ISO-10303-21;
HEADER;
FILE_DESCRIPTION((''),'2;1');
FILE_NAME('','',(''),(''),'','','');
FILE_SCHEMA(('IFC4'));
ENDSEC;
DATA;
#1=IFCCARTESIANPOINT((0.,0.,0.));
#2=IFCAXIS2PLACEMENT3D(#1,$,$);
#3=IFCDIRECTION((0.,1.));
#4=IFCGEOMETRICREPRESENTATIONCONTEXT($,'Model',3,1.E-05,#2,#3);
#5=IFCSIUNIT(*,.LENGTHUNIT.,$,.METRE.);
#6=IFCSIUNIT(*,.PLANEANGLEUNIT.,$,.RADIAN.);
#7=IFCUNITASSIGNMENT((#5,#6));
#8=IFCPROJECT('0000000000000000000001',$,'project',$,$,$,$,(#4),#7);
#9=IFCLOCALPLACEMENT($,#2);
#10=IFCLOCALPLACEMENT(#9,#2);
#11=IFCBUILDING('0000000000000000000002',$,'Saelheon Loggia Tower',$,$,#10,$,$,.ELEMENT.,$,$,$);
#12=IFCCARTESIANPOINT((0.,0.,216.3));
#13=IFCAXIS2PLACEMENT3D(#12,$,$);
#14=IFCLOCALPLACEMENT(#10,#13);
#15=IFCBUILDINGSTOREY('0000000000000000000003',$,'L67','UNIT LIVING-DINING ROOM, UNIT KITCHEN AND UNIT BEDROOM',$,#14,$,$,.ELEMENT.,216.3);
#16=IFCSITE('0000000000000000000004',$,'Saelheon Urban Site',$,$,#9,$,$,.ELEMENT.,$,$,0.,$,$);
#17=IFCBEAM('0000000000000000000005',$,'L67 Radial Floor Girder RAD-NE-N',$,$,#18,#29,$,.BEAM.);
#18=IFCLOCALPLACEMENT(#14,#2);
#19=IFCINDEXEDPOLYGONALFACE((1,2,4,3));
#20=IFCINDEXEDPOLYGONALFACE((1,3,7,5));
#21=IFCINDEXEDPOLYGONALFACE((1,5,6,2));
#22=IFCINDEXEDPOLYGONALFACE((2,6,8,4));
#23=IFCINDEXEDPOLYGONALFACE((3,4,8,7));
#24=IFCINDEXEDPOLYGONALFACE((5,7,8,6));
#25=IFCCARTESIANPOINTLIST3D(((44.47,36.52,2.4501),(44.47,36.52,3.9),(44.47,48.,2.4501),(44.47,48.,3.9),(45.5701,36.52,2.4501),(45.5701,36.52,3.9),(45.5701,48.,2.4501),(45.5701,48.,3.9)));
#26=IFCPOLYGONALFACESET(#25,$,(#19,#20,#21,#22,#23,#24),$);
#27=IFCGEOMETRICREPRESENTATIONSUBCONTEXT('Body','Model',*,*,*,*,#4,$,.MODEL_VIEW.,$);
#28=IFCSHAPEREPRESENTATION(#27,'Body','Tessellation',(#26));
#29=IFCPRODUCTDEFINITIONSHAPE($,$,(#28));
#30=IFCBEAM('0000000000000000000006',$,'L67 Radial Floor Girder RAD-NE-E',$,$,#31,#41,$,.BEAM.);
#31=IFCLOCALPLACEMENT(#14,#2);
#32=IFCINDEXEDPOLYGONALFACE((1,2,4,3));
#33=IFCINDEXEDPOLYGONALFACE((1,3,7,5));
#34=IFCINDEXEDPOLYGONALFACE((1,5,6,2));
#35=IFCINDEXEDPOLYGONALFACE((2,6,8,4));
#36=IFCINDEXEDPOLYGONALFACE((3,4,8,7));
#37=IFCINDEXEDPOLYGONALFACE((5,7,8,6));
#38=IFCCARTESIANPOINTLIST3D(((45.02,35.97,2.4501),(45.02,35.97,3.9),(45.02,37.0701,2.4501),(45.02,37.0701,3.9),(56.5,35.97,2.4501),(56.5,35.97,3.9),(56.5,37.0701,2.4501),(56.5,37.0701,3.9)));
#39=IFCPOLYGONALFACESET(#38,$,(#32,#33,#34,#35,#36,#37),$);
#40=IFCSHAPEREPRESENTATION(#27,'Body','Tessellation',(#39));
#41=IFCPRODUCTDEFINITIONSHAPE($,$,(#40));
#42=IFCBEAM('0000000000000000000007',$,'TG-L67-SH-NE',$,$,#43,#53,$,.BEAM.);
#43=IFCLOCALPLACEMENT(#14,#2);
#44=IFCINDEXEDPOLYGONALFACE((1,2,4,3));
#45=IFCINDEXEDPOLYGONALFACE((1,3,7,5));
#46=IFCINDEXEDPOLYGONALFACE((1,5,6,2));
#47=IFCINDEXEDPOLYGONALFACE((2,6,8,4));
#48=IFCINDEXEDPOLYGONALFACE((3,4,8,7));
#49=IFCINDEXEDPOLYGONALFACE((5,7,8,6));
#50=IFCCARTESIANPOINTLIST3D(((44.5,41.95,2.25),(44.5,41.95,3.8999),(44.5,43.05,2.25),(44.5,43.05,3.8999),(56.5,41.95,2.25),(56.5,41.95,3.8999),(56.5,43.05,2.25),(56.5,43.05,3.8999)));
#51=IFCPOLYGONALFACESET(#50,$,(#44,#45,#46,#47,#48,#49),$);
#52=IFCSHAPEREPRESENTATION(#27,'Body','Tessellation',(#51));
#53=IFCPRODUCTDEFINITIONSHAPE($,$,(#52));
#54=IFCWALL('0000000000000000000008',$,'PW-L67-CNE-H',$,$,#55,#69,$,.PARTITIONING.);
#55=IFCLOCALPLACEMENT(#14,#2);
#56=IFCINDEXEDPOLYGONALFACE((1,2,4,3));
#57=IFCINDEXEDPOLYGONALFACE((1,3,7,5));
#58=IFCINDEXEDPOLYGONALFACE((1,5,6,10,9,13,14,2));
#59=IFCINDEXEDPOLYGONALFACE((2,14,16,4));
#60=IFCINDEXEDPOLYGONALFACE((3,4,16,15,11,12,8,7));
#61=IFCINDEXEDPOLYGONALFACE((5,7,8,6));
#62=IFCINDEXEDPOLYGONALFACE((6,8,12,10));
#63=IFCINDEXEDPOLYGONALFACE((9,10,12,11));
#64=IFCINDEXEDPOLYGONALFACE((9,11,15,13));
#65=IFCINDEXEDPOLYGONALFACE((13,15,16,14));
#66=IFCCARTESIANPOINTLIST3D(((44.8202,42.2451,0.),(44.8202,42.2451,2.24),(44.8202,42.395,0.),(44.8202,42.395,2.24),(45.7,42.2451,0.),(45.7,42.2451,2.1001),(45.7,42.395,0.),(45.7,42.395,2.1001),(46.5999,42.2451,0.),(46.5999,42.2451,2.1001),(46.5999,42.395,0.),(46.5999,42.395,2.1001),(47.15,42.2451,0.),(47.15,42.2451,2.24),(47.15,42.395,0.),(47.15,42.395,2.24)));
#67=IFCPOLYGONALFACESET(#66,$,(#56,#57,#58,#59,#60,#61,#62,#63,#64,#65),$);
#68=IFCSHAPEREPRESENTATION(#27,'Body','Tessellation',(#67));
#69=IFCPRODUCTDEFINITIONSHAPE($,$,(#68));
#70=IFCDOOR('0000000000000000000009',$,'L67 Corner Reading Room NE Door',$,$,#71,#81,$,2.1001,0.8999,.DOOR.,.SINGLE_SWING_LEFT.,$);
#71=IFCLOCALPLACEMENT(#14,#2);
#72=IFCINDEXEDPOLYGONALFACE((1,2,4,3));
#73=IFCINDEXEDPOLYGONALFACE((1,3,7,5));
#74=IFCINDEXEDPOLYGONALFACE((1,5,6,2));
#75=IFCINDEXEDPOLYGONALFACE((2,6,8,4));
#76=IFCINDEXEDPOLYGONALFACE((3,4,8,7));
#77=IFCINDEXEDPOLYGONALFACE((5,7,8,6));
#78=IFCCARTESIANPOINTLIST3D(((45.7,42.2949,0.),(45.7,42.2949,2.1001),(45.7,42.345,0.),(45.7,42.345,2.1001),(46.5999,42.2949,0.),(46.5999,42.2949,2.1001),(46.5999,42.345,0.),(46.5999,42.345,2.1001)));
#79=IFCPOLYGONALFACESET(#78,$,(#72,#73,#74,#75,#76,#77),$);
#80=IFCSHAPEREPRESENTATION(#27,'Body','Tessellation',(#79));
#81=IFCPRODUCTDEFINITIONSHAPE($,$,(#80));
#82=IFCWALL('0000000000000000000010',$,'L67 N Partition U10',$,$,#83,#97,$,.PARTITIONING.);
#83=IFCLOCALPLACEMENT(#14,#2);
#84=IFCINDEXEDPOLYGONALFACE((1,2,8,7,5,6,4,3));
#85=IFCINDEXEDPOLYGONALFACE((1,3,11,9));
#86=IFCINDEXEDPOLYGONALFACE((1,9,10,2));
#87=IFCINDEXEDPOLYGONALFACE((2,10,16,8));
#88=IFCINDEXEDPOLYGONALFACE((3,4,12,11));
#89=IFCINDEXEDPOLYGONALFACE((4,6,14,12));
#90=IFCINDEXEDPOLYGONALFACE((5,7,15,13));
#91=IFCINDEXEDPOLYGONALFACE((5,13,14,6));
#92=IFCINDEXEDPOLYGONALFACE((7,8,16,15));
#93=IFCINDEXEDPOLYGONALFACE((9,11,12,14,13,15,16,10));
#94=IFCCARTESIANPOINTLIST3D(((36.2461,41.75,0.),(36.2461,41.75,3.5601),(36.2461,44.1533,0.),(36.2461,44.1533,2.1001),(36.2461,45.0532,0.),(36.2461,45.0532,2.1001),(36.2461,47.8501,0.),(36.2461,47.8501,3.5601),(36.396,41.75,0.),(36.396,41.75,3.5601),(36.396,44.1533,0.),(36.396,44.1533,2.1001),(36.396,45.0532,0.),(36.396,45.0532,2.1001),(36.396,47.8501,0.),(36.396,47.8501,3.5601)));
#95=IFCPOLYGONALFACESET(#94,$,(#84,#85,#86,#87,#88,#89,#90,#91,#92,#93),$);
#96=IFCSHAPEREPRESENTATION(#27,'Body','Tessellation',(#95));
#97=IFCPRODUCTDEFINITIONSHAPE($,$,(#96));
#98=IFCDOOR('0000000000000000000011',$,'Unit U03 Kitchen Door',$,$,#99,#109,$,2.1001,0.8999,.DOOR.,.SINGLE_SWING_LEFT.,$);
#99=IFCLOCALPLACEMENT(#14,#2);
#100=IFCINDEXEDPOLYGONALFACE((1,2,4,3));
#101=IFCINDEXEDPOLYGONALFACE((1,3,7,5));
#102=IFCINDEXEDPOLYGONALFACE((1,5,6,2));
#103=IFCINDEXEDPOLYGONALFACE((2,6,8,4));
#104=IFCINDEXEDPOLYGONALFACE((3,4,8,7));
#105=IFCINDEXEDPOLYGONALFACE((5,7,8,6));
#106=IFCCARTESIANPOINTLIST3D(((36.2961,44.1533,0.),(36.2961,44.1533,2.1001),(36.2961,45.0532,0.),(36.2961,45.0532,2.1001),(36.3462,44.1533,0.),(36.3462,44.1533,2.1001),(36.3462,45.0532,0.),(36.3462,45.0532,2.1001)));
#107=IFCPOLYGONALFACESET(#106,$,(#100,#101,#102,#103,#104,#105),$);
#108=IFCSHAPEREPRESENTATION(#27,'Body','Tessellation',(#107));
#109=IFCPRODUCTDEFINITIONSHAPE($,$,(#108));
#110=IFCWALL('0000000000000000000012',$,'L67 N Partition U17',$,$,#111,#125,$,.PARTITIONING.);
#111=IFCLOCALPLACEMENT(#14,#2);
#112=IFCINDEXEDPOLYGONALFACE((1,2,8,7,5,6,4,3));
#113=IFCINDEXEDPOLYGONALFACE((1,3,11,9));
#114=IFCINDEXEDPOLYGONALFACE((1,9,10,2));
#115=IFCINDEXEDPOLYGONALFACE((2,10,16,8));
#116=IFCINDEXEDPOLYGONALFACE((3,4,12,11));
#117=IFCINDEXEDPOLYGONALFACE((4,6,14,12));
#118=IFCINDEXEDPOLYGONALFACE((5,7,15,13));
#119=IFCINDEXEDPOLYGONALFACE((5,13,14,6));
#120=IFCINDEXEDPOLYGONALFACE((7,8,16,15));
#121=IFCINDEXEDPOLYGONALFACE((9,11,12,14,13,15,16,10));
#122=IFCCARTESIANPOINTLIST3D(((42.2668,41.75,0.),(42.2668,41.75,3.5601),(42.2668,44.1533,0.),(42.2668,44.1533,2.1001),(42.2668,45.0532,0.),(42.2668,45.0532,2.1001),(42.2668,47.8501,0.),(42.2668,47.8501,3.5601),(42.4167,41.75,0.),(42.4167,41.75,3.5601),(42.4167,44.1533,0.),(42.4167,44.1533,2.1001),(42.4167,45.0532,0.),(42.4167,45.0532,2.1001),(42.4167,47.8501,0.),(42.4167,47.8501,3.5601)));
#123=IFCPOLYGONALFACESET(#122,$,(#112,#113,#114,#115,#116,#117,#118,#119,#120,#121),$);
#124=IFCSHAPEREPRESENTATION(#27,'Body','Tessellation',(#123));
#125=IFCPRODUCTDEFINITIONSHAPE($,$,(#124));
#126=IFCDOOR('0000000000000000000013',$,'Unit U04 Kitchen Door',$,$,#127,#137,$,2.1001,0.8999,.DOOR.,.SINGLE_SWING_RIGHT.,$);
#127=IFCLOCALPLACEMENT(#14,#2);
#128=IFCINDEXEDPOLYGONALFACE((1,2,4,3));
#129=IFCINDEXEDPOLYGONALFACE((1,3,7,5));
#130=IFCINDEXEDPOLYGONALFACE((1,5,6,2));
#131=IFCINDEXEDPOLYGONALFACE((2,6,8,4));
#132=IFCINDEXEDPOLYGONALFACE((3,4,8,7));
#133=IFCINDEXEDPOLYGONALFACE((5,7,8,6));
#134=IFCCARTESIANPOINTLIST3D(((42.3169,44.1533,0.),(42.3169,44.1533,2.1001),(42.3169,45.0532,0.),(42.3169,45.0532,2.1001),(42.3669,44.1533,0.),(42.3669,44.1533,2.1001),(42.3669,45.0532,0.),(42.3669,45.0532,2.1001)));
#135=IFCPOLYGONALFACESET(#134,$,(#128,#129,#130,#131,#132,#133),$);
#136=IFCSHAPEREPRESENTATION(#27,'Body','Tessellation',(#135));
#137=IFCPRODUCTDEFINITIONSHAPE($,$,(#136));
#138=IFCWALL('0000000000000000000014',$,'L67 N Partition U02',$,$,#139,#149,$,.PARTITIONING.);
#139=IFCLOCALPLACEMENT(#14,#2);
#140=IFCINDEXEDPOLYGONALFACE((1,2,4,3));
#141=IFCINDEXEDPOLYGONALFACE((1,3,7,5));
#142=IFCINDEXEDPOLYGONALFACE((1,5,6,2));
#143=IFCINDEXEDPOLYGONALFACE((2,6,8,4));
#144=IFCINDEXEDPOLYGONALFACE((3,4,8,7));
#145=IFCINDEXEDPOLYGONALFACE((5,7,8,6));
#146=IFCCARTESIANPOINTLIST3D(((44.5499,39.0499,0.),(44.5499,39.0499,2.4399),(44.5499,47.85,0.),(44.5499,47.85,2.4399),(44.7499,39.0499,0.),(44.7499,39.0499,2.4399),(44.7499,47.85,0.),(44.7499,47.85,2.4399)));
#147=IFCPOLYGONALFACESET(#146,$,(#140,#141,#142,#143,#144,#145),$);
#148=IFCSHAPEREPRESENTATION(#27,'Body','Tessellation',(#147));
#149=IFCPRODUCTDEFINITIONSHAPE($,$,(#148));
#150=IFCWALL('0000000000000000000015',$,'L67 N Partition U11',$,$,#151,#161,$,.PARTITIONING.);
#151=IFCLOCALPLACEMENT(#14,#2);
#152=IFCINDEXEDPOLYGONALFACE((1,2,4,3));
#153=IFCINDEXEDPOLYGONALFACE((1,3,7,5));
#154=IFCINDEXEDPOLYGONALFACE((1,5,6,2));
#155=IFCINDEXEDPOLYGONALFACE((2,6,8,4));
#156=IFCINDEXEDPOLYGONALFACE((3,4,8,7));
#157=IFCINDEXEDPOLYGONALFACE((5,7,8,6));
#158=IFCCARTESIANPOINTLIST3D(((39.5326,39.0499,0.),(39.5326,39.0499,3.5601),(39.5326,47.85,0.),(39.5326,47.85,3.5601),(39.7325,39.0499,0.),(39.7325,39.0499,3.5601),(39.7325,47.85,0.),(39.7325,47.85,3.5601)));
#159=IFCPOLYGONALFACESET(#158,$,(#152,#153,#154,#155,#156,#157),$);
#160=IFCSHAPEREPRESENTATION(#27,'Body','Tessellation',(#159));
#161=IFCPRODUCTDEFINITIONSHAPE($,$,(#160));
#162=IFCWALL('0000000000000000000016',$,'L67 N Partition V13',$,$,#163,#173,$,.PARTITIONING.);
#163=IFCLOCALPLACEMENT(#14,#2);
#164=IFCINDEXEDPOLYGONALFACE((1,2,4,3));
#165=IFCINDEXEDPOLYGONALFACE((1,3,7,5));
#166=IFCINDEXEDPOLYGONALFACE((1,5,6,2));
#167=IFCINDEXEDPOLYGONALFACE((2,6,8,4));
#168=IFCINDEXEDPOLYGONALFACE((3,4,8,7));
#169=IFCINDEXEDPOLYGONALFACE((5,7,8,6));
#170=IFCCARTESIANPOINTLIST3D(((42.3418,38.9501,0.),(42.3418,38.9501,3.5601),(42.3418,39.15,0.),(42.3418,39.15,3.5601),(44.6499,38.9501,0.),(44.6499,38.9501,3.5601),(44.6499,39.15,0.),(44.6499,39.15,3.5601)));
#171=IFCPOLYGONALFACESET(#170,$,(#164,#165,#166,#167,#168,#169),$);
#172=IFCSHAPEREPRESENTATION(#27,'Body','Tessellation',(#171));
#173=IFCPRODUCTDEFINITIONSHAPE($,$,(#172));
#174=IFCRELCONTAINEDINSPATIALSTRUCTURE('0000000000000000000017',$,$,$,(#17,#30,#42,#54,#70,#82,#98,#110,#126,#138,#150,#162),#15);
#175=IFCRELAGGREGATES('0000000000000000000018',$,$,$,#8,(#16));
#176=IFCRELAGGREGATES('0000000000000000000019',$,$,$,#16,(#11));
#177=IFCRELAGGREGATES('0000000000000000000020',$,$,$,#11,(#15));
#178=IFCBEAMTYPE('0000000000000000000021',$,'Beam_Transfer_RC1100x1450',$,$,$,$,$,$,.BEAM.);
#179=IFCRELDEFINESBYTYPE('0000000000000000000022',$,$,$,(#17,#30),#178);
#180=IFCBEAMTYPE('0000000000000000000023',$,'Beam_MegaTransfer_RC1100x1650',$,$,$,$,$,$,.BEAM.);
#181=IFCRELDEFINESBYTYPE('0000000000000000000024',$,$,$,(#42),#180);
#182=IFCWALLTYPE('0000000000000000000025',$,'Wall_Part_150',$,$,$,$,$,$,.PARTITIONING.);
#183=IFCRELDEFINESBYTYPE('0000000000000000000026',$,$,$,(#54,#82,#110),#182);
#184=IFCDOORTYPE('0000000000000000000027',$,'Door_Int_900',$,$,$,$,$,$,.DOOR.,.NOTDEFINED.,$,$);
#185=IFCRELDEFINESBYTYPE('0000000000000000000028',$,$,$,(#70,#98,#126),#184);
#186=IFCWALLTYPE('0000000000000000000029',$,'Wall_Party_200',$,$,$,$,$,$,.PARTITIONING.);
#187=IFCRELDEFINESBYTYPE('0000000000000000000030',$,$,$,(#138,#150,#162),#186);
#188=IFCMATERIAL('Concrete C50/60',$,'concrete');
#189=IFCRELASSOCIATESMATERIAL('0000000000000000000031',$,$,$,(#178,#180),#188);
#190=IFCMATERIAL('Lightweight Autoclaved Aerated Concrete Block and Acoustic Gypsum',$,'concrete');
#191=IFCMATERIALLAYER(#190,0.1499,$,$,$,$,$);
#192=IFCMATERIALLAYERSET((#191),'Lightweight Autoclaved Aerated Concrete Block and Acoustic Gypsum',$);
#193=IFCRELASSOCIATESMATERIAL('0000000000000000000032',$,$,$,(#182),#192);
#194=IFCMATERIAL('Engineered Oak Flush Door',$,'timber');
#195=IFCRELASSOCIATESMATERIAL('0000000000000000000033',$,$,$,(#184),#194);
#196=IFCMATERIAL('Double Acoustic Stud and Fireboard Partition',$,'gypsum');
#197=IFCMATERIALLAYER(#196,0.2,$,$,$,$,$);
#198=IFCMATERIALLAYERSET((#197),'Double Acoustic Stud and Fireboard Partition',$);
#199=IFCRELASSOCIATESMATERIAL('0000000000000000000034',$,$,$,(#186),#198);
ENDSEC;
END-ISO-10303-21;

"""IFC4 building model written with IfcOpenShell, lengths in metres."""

from ifc_helpers import new_model, si_unit, direction, frame, frame_2d, origin, origin_2d, place, context, subcontext, project, spatial, rectangle, extrude, source, transform, mapped, material, layer, layer_set, material_profile, profile_set, type_object, element, fill, save


model = new_model("IFC4")

# Units and contexts
model_context = context("Model", 3, precision=1e-05, world=origin(), true_north=direction((0.0, 1.0)))
body_context = subcontext(model_context, "Body", "Model", "MODEL_VIEW")
ifc_project = project(units=[si_unit("LENGTHUNIT", "METRE"), si_unit("PLANEANGLEUNIT", "RADIAN")], contexts=[model_context])

# Site, building, storey
site_placement = place(None, origin())
site = spatial("IfcSite", under=ifc_project, at=site_placement, Name="Saelheon Urban Site", CompositionType="ELEMENT", RefElevation=0.0)
building_placement = place(site_placement, origin())
building = spatial("IfcBuilding", under=site, at=building_placement, Name="Saelheon Loggia Tower", CompositionType="ELEMENT")
storey_placement = place(building_placement, frame((0.0, 0.0, 216.3)))
storey = spatial("IfcBuildingStorey", under=building, at=storey_placement, Name="L67", Description="UNIT LIVING-DINING ROOM, UNIT KITCHEN AND UNIT BEDROOM", CompositionType="ELEMENT", Elevation=216.3)

# Beams
ifc_material_1 = material(Name="Concrete C50/60", Category="concrete")
ifc_material_profile_1 = material_profile(ifc_material_1, rectangle(XDim=1.1001, YDim=1.45, at=origin_2d()), Name="RC-1100x1450")
ifc_profile_set_1 = profile_set([ifc_material_profile_1], Name="Concrete C50/60")
beam_type_1 = type_object("IfcBeamType", Name="Beam_Transfer_RC1100x1450", PredefinedType="BEAM", material=ifc_profile_set_1)
shared_shape_1 = source(origin(), body_context, "Body", "SweptSolid", [
    extrude(rectangle(XDim=1.1001, YDim=1.45, at=origin_2d()), origin(), (0.0, 0.0, 1.0), 11.48),
])
for number, where, z_axis, x_axis, name in (
    (1, (45.02, 36.52, 3.175), (0.0, 1.0, 0.0), (-1.0, 0.0, 0.0), "L67 Radial Floor Girder RAD-NE-N"),
    (2, (45.02, 36.52, 3.175), (1.0, 0.0, 0.0), (0.0, 1.0, 0.0), "L67 Radial Floor Girder RAD-NE-E"),
):
    element("IfcBeam", number, at=place(storey_placement, frame(where, z_axis=z_axis, x_axis=x_axis)), inside=storey, type_object=beam_type_1, Name=name, PredefinedType="BEAM", context=body_context, shape_type="MappedRepresentation", body=[
        mapped(shared_shape_1, transform((0.0, 0.0, 0.0), scale=1.0)),
    ])
ifc_material_profile_2 = material_profile(ifc_material_1, rectangle(XDim=1.1001, YDim=1.6499, at=origin_2d()), Name="RC-1100x1650")
ifc_profile_set_2 = profile_set([ifc_material_profile_2], Name="Concrete C50/60")
beam_type_2 = type_object("IfcBeamType", Name="Beam_MegaTransfer_RC1100x1650", PredefinedType="BEAM", material=ifc_profile_set_2)
shared_shape_2 = source(origin(), body_context, "Body", "SweptSolid", [
    extrude(rectangle(XDim=1.1001, YDim=1.6499, at=origin_2d()), origin(), (0.0, 0.0, 1.0), 12.0),
])
beam_placement = place(storey_placement, frame((44.5, 42.5, 3.075), z_axis=(1.0, 0.0, 0.0), x_axis=(0.0, 1.0, 0.0)))
element("IfcBeam", 3, at=beam_placement, inside=storey, type_object=beam_type_2, Name="TG-L67-SH-NE", PredefinedType="BEAM", context=body_context, shape_type="MappedRepresentation", body=[
    mapped(shared_shape_2, transform((0.0, 0.0, 0.0), scale=1.0)),
])

# Walls, openings, doors
ifc_material_2 = material(Name="Lightweight Autoclaved Aerated Concrete Block and Acoustic Gypsum", Category="concrete")
ifc_layer_1 = layer(ifc_material_2, 0.1499)
ifc_layer_set_1 = layer_set([ifc_layer_1], Name="Lightweight Autoclaved Aerated Concrete Block and Acoustic Gypsum")
wall_type_1 = type_object("IfcWallType", Name="Wall_Part_150", PredefinedType="PARTITIONING", material=ifc_layer_set_1)
wall_1_placement = place(storey_placement, frame((44.8201, 42.3201, 0.0), z_axis=(0.0, 0.0, 1.0), x_axis=(1.0, 0.0, 0.0)))
wall_1 = element("IfcWall", 4, at=wall_1_placement, inside=storey, type_object=wall_type_1, Name="PW-L67-CNE-H", PredefinedType="PARTITIONING", context=body_context, shape_type="SweptSolid", body=[
    extrude(rectangle(XDim=2.3298, YDim=0.1499, at=frame_2d((1.165, 0.0))), origin(), (0.0, 0.0, 1.0), 2.24),
])
opening_1_placement = place(wall_1_placement, frame((0.8799, 0.0, 0.0)))
opening_1 = element("IfcOpeningElement", 5, at=opening_1_placement, cuts=wall_1, PredefinedType="OPENING", context=body_context, shape_type="SweptSolid", body=[
    extrude(rectangle(XDim=0.8999, YDim=2.1001, at=frame_2d((0.45, 1.05))), frame((0.0, 0.0869, 0.0), z_axis=(0.0, -1.0, 0.0), x_axis=(1.0, 0.0, 0.0)), (0.0, 0.0, 1.0), 0.1738),
])
ifc_material_3 = material(Name="Engineered Oak Flush Door", Category="timber")
door_type_1 = type_object("IfcDoorType", Name="Door_Int_900", OperationType="NOTDEFINED", PredefinedType="DOOR", material=ifc_material_3)
shared_shape_3 = source(origin(), body_context, "Body", "SweptSolid", [
    extrude(rectangle(XDim=0.8999, YDim=2.1001, at=frame_2d((0.45, 1.05))), frame((0.0, 0.0249, 0.0), z_axis=(0.0, -1.0, 0.0), x_axis=(1.0, 0.0, 0.0)), (0.0, 0.0, 1.0), 0.05),
])
door_1_placement = place(opening_1_placement, origin())
door_1 = element("IfcDoor", 6, at=door_1_placement, inside=storey, type_object=door_type_1, Name="L67 Corner Reading Room NE Door", OperationType="SINGLE_SWING_LEFT", OverallHeight=2.1001, OverallWidth=0.8999, PredefinedType="DOOR", context=body_context, shape_type="MappedRepresentation", body=[
    mapped(shared_shape_3, transform((0.0, 0.0, 0.0), scale=1.0)),
])
fill(opening_1, door_1)
wall_2_placement = place(storey_placement, frame((36.321, 41.75, 0.0), z_axis=(0.0, 0.0, 1.0), x_axis=(0.0, 1.0, 0.0)))
wall_2 = element("IfcWall", 7, at=wall_2_placement, inside=storey, type_object=wall_type_1, Name="L67 N Partition U10", PredefinedType="PARTITIONING", context=body_context, shape_type="SweptSolid", body=[
    extrude(rectangle(XDim=6.1001, YDim=0.1499, at=frame_2d((3.05, 0.0))), origin(), (0.0, 0.0, 1.0), 3.5601),
])
opening_2_placement = place(wall_2_placement, frame((2.4033, 0.0, 0.0)))
opening_2 = element("IfcOpeningElement", 8, at=opening_2_placement, cuts=wall_2, PredefinedType="OPENING", context=body_context, shape_type="SweptSolid", body=[
    extrude(rectangle(XDim=0.8999, YDim=2.1001, at=frame_2d((0.45, 1.05))), frame((0.0, 0.0869, 0.0), z_axis=(0.0, -1.0, 0.0), x_axis=(1.0, 0.0, 0.0)), (0.0, 0.0, 1.0), 0.1738),
])
door_2_placement = place(opening_2_placement, origin())
door_2 = element("IfcDoor", 9, at=door_2_placement, inside=storey, type_object=door_type_1, Name="Unit U03 Kitchen Door", OperationType="SINGLE_SWING_LEFT", OverallHeight=2.1001, OverallWidth=0.8999, PredefinedType="DOOR", context=body_context, shape_type="MappedRepresentation", body=[
    mapped(shared_shape_3, transform((0.0, 0.0, 0.0), scale=1.0)),
])
fill(opening_2, door_2)
wall_3_placement = place(storey_placement, frame((42.3418, 41.75, 0.0), z_axis=(0.0, 0.0, 1.0), x_axis=(0.0, 1.0, 0.0)))
wall_3 = element("IfcWall", 10, at=wall_3_placement, inside=storey, type_object=wall_type_1, Name="L67 N Partition U17", PredefinedType="PARTITIONING", context=body_context, shape_type="SweptSolid", body=[
    extrude(rectangle(XDim=6.1001, YDim=0.1499, at=frame_2d((3.05, 0.0))), origin(), (0.0, 0.0, 1.0), 3.5601),
])
opening_3_placement = place(wall_3_placement, frame((2.4033, 0.0, 0.0)))
opening_3 = element("IfcOpeningElement", 11, at=opening_3_placement, cuts=wall_3, PredefinedType="OPENING", context=body_context, shape_type="SweptSolid", body=[
    extrude(rectangle(XDim=0.8999, YDim=2.1001, at=frame_2d((0.45, 1.05))), frame((0.0, 0.0869, 0.0), z_axis=(0.0, -1.0, 0.0), x_axis=(1.0, 0.0, 0.0)), (0.0, 0.0, 1.0), 0.1738),
])
door_3_placement = place(opening_3_placement, origin())
door_3 = element("IfcDoor", 12, at=door_3_placement, inside=storey, type_object=door_type_1, Name="Unit U04 Kitchen Door", OperationType="SINGLE_SWING_RIGHT", OverallHeight=2.1001, OverallWidth=0.8999, PredefinedType="DOOR", context=body_context, shape_type="MappedRepresentation", body=[
    mapped(shared_shape_3, transform((0.0, 0.0, 0.0), scale=1.0)),
])
fill(opening_3, door_3)

# Wall
ifc_material_4 = material(Name="Double Acoustic Stud and Fireboard Partition", Category="gypsum")
ifc_layer_2 = layer(ifc_material_4, 0.2)
ifc_layer_set_2 = layer_set([ifc_layer_2], Name="Double Acoustic Stud and Fireboard Partition")
wall_type_2 = type_object("IfcWallType", Name="Wall_Party_200", PredefinedType="PARTITIONING", material=ifc_layer_set_2)
wall_4_placement = place(storey_placement, frame((44.6499, 39.05, 0.0), z_axis=(0.0, 0.0, 1.0), x_axis=(0.0, 1.0, 0.0)))
element("IfcWall", 13, at=wall_4_placement, inside=storey, type_object=wall_type_2, Name="L67 N Partition U02", PredefinedType="PARTITIONING", context=body_context, shape_type="SweptSolid", body=[
    extrude(rectangle(XDim=8.8, YDim=0.2, at=frame_2d((4.3999, 0.0))), origin(), (0.0, 0.0, 1.0), 2.4399),
])

# Wall
wall_5_placement = place(storey_placement, frame((39.6326, 39.05, 0.0), z_axis=(0.0, 0.0, 1.0), x_axis=(0.0, 1.0, 0.0)))
element("IfcWall", 14, at=wall_5_placement, inside=storey, type_object=wall_type_2, Name="L67 N Partition U11", PredefinedType="PARTITIONING", context=body_context, shape_type="SweptSolid", body=[
    extrude(rectangle(XDim=8.8, YDim=0.2, at=frame_2d((4.3999, 0.0))), origin(), (0.0, 0.0, 1.0), 3.5601),
])

# Wall
wall_6_placement = place(storey_placement, frame((42.3418, 39.05, 0.0), z_axis=(0.0, 0.0, 1.0), x_axis=(1.0, 0.0, 0.0)))
element("IfcWall", 15, at=wall_6_placement, inside=storey, type_object=wall_type_2, Name="L67 N Partition V13", PredefinedType="PARTITIONING", context=body_context, shape_type="SweptSolid", body=[
    extrude(rectangle(XDim=2.3081, YDim=0.2, at=frame_2d((1.1541, 0.0))), origin(), (0.0, 0.0, 1.0), 3.5601),
])

save(model, "model.ifc")
